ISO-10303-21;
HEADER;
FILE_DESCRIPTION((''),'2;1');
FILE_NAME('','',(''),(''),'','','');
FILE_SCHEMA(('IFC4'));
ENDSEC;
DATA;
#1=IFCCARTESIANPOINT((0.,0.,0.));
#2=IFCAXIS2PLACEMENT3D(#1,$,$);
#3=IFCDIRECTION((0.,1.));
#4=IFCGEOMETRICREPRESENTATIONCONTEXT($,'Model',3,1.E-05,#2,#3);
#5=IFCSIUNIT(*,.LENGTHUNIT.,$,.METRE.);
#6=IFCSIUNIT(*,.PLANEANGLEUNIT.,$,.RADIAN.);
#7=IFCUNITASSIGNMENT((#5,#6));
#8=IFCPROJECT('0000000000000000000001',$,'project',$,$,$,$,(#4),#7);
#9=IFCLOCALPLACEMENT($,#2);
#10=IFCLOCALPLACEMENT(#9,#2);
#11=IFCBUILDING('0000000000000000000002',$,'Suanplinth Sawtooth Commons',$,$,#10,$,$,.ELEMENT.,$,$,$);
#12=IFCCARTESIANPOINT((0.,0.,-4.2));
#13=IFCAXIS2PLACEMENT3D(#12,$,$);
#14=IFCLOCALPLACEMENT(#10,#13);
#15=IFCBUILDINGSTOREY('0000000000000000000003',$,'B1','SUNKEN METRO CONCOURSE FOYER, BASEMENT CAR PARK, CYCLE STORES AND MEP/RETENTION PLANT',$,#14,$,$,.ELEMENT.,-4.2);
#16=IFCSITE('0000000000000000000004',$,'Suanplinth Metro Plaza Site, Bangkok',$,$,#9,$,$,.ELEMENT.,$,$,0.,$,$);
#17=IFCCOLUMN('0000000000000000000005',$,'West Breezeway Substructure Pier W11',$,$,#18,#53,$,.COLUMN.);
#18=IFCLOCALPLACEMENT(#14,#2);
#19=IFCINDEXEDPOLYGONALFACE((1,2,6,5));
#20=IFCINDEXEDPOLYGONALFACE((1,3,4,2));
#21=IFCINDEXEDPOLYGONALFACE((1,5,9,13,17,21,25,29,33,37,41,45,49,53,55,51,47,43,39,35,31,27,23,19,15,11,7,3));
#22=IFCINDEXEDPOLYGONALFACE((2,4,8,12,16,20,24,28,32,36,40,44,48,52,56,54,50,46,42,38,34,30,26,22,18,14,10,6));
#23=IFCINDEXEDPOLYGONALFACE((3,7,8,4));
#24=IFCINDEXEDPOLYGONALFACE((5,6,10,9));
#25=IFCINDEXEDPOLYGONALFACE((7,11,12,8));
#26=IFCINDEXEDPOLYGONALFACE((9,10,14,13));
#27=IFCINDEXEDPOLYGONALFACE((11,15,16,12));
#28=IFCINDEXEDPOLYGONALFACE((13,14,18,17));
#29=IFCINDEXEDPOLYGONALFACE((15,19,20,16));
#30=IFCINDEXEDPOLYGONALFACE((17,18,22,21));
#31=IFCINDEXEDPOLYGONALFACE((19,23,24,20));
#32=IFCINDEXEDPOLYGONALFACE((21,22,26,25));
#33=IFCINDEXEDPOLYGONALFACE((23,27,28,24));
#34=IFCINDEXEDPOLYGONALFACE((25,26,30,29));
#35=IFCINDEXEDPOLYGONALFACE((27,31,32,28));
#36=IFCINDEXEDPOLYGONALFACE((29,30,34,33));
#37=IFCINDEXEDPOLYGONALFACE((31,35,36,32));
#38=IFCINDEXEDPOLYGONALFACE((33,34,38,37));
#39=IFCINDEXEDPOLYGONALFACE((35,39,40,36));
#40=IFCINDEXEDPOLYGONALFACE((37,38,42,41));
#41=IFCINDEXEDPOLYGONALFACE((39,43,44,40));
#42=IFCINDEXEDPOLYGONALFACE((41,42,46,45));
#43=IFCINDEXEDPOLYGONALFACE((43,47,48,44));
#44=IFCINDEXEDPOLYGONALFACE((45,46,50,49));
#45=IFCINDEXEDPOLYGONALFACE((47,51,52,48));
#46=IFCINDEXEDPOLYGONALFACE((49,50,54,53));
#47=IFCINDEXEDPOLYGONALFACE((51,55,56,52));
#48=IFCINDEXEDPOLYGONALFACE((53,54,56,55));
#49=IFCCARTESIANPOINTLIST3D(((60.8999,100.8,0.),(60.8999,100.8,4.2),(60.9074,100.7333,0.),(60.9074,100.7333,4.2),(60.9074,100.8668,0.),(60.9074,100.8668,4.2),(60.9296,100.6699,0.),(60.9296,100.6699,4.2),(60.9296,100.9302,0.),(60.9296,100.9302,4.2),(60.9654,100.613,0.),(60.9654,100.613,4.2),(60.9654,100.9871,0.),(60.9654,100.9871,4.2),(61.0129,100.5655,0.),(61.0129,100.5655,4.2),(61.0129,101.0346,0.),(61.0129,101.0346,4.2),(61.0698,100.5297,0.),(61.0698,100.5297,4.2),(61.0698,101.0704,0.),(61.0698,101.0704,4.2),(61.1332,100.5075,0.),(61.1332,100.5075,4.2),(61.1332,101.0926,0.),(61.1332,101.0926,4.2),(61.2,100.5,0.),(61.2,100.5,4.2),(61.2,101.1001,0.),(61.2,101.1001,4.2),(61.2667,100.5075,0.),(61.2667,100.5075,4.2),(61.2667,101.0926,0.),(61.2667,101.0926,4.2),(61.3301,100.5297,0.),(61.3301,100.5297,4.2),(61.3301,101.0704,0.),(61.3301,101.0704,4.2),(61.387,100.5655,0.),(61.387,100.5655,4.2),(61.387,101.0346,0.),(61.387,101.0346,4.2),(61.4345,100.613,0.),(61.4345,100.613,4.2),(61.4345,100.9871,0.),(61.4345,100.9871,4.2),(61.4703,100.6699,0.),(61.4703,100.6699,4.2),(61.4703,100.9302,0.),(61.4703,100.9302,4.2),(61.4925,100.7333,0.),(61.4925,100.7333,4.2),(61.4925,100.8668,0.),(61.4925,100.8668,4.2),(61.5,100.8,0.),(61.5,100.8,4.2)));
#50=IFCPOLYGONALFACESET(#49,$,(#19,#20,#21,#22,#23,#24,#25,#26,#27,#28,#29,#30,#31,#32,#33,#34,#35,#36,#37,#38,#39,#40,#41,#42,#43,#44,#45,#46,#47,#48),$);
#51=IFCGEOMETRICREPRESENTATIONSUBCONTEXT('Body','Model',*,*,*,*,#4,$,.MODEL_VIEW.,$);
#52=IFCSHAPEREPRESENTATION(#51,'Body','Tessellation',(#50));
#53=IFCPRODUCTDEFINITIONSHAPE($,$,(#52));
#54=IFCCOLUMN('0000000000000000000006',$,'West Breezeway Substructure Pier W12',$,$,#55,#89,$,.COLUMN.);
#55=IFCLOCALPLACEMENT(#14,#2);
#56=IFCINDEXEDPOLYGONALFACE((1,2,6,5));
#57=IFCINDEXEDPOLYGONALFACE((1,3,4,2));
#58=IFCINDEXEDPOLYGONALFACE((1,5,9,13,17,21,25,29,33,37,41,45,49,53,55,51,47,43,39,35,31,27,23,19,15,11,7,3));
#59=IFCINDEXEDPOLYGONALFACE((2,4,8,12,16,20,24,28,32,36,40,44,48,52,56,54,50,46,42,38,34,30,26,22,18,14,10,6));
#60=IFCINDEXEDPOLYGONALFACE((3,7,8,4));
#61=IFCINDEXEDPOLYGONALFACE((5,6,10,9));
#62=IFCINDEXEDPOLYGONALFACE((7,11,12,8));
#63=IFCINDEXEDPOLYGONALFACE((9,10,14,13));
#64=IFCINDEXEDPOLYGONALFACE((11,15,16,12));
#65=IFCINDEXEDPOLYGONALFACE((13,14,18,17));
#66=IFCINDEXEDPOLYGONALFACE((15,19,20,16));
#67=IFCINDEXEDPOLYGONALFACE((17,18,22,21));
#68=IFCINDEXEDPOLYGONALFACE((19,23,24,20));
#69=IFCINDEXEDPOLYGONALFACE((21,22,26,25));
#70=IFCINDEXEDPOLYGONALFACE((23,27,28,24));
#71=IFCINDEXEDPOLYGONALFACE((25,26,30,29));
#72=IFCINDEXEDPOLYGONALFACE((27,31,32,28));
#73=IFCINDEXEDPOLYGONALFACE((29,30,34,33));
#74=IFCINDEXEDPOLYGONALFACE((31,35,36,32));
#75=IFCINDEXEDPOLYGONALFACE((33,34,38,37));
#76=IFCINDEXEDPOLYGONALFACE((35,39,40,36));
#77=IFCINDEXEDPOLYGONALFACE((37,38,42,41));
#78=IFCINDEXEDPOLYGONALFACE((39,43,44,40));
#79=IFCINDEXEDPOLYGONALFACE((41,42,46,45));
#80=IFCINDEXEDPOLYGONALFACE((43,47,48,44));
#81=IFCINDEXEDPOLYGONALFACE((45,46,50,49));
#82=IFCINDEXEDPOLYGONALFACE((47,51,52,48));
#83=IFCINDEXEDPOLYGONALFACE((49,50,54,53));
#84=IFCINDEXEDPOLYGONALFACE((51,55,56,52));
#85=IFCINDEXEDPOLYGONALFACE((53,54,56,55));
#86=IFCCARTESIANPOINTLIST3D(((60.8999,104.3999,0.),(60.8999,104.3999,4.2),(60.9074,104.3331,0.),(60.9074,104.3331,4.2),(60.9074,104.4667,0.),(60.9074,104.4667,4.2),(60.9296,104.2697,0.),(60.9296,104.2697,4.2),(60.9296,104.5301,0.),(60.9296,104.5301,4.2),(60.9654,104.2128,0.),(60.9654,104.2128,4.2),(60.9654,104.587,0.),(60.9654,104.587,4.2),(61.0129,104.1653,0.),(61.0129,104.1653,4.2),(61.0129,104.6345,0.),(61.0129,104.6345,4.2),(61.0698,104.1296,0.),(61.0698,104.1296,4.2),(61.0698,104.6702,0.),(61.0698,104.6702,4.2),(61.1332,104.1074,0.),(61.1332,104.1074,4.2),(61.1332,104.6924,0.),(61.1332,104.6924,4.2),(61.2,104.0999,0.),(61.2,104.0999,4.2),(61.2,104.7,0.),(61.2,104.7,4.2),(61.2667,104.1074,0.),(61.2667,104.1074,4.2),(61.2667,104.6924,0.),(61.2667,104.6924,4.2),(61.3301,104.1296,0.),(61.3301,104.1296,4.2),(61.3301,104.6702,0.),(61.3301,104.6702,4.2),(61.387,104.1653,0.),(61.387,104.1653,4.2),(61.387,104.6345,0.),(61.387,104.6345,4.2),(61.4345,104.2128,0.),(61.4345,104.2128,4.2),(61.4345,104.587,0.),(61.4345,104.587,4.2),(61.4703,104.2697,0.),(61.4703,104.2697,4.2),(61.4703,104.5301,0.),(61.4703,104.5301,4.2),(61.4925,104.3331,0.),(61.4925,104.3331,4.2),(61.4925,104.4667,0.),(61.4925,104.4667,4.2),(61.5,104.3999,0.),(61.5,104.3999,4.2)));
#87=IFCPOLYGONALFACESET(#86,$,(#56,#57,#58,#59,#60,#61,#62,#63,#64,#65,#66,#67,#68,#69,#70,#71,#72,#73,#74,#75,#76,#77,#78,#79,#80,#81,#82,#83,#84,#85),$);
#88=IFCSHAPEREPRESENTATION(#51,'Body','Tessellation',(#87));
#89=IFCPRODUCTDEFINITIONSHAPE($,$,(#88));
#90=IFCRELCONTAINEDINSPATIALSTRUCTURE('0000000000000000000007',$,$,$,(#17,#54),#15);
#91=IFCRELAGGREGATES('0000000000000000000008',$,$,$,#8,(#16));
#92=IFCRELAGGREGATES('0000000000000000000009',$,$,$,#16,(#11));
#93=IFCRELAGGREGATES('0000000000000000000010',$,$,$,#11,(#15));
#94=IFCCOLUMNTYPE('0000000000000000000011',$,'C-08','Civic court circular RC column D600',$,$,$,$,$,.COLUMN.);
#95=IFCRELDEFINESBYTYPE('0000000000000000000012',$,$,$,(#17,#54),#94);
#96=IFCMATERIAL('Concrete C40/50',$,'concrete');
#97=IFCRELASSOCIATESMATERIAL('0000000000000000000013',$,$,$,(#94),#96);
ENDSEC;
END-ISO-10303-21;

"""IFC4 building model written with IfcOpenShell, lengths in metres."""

from ifc_helpers import new_model, si_unit, direction, frame, origin, origin_2d, place, context, subcontext, project, spatial, circle, extrude, material, material_profile, profile_set, type_object, element, save


model = new_model("IFC4")

# Units and contexts
model_context = context("Model", 3, precision=1e-05, world=origin(), true_north=direction((0.0, 1.0)))
body_context = subcontext(model_context, "Body", "Model", "MODEL_VIEW")
ifc_project = project(units=[si_unit("LENGTHUNIT", "METRE"), si_unit("PLANEANGLEUNIT", "RADIAN")], contexts=[model_context])

# Site, building, storey
site_placement = place(None, origin())
site = spatial("IfcSite", under=ifc_project, at=site_placement, Name="Suanplinth Metro Plaza Site, Bangkok", CompositionType="ELEMENT", RefElevation=0.0)
building_placement = place(site_placement, origin())
building = spatial("IfcBuilding", under=site, at=building_placement, Name="Suanplinth Sawtooth Commons", CompositionType="ELEMENT")
storey_placement = place(building_placement, frame((0.0, 0.0, -4.2)))
storey = spatial("IfcBuildingStorey", under=building, at=storey_placement, Name="B1", Description="SUNKEN METRO CONCOURSE FOYER, BASEMENT CAR PARK, CYCLE STORES AND MEP/RETENTION PLANT", CompositionType="ELEMENT", Elevation=-4.2)

# Columns
ifc_material_1 = material(Name="Concrete C40/50", Category="concrete")
ifc_material_profile_1 = material_profile(ifc_material_1, circle(Radius=0.3, at=origin_2d()), Name="RC-CIRC D600")
ifc_profile_set_1 = profile_set([ifc_material_profile_1], Name="Concrete C40/50")
column_type_1 = type_object("IfcColumnType", Name="C-08", Description="Civic court circular RC column D600", PredefinedType="COLUMN", material=ifc_profile_set_1)
for number, where, z_axis, x_axis, name in (
    (1, (61.2, 100.8, 0.0), (0.0, 0.0, 1.0), (1.0, 0.0, 0.0), "West Breezeway Substructure Pier W11"),
    (2, (61.2, 104.3999, 0.0), (0.0, 0.0, 1.0), (1.0, 0.0, 0.0), "West Breezeway Substructure Pier W12"),
):
    element("IfcColumn", number, at=place(storey_placement, frame(where, z_axis=z_axis, x_axis=x_axis)), inside=storey, type_object=column_type_1, Name=name, PredefinedType="COLUMN", context=body_context, shape_type="SweptSolid", body=[
        extrude(circle(Radius=0.3, at=origin_2d()), origin(), (0.0, 0.0, 1.0), 4.2),
    ])

save(model, "model.ifc")
